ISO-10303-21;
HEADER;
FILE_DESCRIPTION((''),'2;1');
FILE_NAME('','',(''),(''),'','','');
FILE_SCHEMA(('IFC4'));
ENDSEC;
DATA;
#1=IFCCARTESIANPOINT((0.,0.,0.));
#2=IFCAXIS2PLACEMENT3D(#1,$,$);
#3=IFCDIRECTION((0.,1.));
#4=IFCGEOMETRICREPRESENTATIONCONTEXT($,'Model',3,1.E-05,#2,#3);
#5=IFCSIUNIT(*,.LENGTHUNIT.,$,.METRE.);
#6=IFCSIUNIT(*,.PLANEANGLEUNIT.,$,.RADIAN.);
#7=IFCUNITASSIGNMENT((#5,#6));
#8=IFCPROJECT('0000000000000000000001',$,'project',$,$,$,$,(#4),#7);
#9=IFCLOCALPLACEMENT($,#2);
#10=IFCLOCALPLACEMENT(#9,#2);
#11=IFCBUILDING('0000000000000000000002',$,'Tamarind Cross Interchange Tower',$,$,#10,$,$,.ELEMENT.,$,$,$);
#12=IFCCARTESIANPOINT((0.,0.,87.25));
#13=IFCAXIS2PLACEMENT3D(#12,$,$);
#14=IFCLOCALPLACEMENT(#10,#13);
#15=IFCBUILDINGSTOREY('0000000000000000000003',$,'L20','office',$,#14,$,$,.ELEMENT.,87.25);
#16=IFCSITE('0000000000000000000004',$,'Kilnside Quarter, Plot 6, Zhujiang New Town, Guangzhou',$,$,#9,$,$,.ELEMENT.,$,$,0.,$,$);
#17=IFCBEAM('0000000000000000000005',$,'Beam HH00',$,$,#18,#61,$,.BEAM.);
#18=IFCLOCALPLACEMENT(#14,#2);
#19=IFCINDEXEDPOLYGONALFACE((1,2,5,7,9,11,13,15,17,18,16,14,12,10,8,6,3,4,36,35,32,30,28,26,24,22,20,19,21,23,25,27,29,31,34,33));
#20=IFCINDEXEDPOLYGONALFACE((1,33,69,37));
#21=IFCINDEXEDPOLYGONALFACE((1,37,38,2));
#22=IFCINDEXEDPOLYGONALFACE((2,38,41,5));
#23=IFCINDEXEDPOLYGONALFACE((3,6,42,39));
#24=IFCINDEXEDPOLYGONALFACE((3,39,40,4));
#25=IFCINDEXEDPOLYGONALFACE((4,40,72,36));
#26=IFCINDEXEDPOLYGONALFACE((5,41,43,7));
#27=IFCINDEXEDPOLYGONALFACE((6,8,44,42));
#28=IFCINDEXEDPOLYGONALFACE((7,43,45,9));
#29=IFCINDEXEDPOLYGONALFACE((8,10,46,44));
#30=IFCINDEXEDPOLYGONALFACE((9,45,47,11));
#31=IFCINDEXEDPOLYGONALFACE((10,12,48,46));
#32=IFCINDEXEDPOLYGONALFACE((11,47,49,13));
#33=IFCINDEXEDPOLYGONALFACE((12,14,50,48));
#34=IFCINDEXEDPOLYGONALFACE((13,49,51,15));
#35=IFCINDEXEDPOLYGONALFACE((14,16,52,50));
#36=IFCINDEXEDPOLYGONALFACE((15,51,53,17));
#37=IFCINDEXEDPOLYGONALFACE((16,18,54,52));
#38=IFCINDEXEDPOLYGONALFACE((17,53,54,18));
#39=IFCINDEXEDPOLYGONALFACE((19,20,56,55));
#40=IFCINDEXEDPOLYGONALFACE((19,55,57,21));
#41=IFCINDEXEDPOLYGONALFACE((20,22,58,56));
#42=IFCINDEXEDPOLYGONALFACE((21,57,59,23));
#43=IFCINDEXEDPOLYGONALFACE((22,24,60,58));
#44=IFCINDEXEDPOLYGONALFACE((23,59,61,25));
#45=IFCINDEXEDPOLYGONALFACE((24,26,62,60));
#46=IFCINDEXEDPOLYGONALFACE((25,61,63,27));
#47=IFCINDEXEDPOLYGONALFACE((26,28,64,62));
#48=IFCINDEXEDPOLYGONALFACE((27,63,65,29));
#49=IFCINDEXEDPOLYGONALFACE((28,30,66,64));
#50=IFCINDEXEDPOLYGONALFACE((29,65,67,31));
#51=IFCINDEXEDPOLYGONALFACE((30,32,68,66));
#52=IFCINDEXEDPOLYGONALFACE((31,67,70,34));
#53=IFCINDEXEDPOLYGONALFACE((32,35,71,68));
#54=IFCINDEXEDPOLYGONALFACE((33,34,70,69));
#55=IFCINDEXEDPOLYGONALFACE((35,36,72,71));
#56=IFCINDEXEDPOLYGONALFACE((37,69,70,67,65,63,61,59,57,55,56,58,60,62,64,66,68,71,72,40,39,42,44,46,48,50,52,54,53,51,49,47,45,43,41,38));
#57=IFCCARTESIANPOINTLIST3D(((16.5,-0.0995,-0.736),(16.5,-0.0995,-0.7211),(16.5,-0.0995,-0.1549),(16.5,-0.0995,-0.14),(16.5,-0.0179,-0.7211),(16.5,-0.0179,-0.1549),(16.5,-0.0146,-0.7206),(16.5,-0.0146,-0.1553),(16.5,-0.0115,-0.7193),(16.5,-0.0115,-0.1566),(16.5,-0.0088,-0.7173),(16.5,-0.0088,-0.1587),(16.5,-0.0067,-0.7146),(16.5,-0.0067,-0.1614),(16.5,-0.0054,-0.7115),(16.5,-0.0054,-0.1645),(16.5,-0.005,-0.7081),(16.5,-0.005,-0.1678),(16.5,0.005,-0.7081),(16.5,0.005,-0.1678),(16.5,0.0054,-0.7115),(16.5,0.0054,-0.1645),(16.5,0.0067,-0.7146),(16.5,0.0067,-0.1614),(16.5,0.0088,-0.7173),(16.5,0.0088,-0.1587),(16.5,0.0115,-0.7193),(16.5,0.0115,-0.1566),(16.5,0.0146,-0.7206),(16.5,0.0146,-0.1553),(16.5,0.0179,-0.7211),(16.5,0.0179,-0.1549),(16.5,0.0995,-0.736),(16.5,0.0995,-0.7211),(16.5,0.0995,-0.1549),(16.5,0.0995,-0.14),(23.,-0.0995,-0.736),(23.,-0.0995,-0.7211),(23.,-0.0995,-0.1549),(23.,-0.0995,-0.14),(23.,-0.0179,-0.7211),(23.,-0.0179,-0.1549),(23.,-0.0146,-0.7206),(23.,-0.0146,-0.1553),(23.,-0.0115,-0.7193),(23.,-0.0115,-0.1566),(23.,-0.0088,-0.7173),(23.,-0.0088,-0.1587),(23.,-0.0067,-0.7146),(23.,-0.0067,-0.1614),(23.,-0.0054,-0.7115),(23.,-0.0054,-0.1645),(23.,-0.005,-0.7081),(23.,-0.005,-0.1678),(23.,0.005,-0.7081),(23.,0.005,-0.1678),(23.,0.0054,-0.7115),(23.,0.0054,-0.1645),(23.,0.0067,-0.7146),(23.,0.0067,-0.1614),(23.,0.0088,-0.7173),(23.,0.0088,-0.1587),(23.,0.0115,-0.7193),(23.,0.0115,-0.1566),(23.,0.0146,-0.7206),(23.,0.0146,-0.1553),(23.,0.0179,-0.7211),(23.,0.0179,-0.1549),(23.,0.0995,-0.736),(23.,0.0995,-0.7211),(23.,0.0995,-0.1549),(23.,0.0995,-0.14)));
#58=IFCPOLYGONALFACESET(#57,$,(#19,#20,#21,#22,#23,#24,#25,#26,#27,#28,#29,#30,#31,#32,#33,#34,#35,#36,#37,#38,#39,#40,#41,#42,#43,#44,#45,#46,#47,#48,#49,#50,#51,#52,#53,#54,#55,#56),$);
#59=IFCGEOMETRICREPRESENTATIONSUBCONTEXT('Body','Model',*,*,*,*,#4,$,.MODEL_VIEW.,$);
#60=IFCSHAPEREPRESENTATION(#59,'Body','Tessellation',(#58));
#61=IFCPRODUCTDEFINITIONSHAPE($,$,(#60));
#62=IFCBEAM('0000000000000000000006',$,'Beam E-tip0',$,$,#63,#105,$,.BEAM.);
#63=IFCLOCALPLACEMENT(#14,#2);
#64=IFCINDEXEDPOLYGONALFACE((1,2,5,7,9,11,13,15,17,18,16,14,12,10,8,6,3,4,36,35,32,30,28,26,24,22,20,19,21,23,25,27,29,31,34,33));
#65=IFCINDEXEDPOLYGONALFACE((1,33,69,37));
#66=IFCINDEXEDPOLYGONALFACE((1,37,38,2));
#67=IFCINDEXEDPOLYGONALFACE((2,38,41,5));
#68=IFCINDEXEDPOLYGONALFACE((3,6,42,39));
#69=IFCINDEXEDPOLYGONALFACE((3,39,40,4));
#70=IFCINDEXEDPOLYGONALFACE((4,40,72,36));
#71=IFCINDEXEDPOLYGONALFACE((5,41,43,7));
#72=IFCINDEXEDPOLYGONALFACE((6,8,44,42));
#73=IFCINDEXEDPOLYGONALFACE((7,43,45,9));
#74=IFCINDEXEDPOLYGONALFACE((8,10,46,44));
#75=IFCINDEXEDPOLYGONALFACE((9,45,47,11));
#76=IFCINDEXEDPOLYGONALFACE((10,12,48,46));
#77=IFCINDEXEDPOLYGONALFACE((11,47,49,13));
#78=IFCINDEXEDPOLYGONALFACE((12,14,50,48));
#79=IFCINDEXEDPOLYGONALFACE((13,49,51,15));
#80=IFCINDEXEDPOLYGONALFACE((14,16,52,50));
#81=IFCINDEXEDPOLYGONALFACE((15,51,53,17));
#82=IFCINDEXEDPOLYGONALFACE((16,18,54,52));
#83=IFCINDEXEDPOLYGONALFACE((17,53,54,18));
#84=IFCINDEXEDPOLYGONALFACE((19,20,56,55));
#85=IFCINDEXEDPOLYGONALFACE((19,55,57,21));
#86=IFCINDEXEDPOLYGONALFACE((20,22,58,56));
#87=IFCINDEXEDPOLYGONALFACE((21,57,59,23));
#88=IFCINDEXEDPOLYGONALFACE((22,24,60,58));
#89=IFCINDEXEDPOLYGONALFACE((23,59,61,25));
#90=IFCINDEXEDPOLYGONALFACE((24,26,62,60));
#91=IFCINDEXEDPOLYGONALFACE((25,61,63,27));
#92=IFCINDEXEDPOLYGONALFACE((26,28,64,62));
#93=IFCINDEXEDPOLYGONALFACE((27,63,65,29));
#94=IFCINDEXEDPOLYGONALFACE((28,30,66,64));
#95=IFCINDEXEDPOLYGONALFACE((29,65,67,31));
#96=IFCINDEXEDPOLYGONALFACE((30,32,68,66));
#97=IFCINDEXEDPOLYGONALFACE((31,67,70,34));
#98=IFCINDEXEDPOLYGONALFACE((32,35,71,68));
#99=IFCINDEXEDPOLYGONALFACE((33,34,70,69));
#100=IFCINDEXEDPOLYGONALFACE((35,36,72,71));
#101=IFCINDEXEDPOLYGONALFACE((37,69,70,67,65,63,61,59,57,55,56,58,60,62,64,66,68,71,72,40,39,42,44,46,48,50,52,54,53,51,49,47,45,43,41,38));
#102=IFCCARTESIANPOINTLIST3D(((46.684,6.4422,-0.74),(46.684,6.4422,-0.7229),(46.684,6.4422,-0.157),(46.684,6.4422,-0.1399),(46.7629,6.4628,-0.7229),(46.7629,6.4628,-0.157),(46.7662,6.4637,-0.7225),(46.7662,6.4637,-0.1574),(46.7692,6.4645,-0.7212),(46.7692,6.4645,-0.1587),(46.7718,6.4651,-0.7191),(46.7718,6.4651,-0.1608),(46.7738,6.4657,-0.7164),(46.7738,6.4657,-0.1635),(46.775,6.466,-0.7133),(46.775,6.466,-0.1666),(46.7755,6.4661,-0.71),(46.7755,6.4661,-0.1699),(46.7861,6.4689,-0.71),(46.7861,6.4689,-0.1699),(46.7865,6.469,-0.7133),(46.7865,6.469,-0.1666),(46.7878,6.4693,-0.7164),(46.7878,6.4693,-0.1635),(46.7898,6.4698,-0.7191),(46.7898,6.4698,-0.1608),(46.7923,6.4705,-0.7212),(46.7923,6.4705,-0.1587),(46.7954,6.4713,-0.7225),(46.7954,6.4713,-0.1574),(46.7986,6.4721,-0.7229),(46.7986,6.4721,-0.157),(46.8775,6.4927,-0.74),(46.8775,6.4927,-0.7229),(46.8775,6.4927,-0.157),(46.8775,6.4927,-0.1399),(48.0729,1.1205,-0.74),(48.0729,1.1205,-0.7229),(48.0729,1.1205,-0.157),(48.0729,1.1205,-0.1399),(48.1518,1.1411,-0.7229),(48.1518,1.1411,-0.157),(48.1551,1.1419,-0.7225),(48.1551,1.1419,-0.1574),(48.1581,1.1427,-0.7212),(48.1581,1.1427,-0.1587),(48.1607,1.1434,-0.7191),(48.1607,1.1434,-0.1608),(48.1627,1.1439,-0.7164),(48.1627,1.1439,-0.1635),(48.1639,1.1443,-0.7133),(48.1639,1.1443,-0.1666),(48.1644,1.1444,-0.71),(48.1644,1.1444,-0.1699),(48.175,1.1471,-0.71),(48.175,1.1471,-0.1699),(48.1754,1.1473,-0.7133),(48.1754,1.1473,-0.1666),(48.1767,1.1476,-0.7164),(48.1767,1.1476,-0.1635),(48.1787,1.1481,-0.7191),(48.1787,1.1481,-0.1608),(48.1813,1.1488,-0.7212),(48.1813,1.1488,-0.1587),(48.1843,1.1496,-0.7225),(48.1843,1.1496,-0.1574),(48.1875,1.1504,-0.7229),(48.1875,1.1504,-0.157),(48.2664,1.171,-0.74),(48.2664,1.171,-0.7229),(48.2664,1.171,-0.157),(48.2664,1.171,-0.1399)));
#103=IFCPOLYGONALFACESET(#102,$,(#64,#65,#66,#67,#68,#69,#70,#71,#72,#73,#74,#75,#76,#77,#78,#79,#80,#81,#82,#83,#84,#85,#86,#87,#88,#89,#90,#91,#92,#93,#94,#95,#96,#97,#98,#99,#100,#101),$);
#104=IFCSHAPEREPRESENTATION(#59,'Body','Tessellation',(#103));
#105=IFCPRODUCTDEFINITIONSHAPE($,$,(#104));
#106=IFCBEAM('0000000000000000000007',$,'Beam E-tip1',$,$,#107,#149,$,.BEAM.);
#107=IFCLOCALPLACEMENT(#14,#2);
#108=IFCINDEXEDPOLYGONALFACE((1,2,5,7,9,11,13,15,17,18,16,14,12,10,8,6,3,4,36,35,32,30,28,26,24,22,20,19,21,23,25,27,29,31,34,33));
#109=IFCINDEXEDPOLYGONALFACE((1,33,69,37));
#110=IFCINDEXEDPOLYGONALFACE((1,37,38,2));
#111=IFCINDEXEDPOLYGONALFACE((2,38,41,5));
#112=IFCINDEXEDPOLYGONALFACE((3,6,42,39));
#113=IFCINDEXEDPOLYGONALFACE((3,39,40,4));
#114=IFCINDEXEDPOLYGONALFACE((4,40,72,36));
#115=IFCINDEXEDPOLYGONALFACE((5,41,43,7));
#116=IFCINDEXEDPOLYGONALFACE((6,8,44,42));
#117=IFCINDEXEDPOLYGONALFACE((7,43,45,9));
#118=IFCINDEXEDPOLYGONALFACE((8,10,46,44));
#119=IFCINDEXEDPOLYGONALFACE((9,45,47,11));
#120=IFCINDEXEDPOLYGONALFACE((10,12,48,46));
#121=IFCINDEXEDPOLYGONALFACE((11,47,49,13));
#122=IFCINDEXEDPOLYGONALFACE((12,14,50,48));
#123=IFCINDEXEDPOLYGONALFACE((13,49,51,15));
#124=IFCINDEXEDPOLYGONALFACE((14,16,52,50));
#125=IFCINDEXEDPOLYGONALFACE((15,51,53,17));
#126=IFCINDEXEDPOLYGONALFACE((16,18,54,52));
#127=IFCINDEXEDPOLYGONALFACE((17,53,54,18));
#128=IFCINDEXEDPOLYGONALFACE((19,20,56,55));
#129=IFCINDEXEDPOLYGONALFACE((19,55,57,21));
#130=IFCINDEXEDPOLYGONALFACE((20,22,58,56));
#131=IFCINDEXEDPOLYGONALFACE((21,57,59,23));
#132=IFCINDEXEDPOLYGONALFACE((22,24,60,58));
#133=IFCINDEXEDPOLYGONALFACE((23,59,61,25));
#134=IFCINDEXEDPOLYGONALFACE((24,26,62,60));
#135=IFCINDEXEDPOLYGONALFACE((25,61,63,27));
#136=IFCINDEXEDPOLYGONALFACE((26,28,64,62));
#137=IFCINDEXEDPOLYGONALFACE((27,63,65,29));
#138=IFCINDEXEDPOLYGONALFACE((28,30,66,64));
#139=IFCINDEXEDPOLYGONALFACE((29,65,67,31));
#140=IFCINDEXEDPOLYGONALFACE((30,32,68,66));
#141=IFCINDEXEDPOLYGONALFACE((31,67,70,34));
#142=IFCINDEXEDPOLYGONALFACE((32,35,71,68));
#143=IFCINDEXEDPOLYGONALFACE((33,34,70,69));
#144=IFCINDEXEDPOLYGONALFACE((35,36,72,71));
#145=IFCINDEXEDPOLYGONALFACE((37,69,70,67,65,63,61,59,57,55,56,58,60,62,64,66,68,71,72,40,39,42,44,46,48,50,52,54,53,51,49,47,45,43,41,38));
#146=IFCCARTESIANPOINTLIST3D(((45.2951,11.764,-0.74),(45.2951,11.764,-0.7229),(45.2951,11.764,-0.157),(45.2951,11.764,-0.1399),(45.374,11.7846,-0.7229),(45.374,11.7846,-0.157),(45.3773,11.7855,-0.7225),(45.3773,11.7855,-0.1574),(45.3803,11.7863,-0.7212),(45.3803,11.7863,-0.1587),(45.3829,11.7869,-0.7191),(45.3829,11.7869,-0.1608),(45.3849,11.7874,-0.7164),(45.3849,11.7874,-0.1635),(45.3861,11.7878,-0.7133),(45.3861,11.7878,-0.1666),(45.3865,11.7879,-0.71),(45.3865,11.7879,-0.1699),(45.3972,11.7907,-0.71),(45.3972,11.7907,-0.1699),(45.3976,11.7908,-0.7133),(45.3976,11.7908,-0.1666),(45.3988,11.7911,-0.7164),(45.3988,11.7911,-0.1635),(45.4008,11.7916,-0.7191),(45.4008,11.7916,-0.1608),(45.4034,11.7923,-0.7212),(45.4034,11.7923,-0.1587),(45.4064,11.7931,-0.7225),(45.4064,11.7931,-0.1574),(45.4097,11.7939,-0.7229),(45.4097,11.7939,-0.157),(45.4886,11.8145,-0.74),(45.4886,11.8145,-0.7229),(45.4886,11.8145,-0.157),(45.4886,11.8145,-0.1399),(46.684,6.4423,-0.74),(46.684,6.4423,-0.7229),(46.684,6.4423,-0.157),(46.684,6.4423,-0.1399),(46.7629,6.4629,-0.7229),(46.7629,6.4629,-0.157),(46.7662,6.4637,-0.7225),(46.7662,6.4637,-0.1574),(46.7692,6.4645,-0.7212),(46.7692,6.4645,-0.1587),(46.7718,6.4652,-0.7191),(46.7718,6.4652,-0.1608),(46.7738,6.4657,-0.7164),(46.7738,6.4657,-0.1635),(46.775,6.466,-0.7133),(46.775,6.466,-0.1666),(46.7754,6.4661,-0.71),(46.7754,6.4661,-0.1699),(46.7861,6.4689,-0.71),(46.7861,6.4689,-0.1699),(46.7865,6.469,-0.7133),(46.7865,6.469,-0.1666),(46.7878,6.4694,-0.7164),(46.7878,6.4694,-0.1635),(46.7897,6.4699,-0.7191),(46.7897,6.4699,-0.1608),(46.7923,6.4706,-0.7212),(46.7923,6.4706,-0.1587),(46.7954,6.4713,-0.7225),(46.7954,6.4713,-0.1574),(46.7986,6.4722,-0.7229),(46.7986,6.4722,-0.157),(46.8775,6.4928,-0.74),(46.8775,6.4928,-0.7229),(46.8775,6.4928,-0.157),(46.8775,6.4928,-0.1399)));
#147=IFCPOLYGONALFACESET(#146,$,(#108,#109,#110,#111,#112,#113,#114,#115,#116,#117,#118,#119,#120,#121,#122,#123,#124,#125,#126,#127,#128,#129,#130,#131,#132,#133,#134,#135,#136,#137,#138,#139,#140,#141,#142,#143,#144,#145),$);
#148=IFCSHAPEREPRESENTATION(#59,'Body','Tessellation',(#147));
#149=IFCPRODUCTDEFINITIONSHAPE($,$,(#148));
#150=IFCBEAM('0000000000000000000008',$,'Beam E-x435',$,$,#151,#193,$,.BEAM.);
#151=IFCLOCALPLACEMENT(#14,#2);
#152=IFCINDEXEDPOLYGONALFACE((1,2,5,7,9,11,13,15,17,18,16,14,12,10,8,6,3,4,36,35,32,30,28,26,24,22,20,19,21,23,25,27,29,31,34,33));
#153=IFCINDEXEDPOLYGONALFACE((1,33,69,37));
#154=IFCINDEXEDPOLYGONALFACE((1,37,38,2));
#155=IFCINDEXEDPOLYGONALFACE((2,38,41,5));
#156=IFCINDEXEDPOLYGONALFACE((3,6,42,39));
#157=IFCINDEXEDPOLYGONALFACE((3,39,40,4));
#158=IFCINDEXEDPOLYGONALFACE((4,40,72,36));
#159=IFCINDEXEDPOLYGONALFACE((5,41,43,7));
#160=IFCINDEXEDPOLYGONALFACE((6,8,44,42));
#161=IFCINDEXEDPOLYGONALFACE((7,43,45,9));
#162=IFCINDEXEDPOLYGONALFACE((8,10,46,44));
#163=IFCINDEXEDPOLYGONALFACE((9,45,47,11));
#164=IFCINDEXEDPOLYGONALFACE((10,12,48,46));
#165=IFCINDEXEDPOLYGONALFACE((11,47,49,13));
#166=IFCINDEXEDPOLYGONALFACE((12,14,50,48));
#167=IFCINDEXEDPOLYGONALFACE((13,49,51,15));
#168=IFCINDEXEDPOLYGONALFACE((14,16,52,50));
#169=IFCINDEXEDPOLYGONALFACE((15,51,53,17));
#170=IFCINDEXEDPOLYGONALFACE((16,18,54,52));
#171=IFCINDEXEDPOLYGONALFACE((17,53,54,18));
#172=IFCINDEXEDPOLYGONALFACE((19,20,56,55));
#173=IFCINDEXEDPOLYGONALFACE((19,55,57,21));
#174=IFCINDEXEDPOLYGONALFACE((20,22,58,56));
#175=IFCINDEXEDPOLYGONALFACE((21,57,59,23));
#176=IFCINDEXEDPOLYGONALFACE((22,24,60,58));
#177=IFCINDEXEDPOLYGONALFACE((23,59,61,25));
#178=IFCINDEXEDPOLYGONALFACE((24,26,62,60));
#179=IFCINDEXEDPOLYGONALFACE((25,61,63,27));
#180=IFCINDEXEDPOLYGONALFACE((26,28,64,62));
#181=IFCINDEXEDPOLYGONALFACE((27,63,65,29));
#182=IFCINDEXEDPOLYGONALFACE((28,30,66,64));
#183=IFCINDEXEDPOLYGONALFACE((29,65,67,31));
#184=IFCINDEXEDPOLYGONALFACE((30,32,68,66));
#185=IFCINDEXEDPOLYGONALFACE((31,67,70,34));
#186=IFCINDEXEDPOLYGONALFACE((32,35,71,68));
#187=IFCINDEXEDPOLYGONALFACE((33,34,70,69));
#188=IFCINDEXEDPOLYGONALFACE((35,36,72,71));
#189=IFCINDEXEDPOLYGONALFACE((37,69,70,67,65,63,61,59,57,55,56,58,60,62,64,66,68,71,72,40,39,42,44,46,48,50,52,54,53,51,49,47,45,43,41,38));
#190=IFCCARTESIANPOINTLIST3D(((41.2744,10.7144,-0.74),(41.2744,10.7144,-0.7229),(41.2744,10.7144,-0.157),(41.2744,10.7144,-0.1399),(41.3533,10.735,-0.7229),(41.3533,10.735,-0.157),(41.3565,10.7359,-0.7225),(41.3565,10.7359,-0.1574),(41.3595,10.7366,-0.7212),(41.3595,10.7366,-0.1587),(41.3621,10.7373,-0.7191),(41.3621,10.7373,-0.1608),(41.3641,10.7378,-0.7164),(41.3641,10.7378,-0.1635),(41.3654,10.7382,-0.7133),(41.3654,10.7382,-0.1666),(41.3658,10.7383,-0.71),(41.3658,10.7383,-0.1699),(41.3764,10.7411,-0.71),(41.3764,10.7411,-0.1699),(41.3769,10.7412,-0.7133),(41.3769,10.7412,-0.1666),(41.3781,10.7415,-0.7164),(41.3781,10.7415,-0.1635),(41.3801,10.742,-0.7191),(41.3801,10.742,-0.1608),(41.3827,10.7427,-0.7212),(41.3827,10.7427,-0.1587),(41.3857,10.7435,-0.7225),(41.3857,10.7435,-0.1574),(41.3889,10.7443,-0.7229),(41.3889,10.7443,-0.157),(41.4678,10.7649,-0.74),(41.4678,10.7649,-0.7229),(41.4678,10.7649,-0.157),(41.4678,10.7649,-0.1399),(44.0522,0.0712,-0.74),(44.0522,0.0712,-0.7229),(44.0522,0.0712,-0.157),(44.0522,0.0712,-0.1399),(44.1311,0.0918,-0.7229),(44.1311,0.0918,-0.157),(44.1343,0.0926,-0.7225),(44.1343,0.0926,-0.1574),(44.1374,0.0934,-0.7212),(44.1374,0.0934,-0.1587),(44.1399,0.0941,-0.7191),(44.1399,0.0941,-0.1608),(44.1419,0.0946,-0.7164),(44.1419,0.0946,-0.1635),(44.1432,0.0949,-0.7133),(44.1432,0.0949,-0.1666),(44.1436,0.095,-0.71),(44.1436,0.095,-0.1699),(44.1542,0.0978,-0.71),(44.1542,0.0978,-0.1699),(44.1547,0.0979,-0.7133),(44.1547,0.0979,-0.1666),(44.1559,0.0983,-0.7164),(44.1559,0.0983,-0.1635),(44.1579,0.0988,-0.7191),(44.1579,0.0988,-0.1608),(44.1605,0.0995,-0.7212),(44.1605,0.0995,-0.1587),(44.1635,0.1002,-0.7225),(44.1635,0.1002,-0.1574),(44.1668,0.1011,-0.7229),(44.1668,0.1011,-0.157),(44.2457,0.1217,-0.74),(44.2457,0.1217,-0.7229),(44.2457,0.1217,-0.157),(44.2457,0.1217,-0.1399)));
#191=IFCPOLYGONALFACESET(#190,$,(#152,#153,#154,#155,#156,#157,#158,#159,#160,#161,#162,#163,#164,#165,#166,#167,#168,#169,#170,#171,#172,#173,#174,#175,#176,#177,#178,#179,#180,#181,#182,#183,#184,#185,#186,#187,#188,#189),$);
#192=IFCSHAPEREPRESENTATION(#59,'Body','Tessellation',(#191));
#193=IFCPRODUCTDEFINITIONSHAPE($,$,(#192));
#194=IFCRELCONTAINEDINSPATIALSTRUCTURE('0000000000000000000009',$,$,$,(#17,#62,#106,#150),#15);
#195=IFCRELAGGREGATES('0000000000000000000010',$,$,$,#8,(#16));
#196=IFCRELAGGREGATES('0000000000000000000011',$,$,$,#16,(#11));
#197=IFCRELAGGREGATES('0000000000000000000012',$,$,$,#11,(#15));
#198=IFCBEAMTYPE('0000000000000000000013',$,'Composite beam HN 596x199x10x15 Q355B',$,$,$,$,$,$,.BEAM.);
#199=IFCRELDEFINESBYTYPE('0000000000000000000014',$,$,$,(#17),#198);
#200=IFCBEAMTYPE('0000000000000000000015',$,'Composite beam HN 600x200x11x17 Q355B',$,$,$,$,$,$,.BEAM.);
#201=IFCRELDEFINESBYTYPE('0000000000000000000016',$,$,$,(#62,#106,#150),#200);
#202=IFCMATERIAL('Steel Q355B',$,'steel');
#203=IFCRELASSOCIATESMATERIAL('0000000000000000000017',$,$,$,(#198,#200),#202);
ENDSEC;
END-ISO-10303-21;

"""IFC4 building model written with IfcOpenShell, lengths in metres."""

from ifc_helpers import new_model, si_unit, direction, frame, origin, origin_2d, place, context, subcontext, project, spatial, i_section, extrude, material, material_profile, profile_set, type_object, element, save


model = new_model("IFC4")

# Units and contexts
model_context = context("Model", 3, precision=1e-05, world=origin(), true_north=direction((0.0, 1.0)))
body_context = subcontext(model_context, "Body", "Model", "MODEL_VIEW")
ifc_project = project(units=[si_unit("LENGTHUNIT", "METRE"), si_unit("PLANEANGLEUNIT", "RADIAN")], contexts=[model_context])

# Site, building, storey
site_placement = place(None, origin())
site = spatial("IfcSite", under=ifc_project, at=site_placement, Name="Kilnside Quarter, Plot 6, Zhujiang New Town, Guangzhou", CompositionType="ELEMENT", RefElevation=0.0)
building_placement = place(site_placement, origin())
building = spatial("IfcBuilding", under=site, at=building_placement, Name="Tamarind Cross Interchange Tower", CompositionType="ELEMENT")
storey_placement = place(building_placement, frame((0.0, 0.0, 87.25)))
storey = spatial("IfcBuildingStorey", under=building, at=storey_placement, Name="L20", Description="office", CompositionType="ELEMENT", Elevation=87.25)

# Beams
ifc_material_1 = material(Name="Steel Q355B", Category="steel")
ifc_material_profile_1 = material_profile(ifc_material_1, i_section(OverallWidth=0.199, OverallDepth=0.5959, WebThickness=0.01, FlangeThickness=0.0149, FilletRadius=0.0129, at=origin_2d()), Name="HN 596x199x10x15")
ifc_profile_set_1 = profile_set([ifc_material_profile_1], Name="Steel Q355B")
beam_type_1 = type_object("IfcBeamType", Name="Composite beam HN 596x199x10x15 Q355B", PredefinedType="BEAM", material=ifc_profile_set_1)
beam_1_placement = place(storey_placement, frame((23.0, 0.0, -0.438), z_axis=(-1.0, 0.0, 0.0), x_axis=(0.0, -1.0, 0.0)))
element("IfcBeam", 1, at=beam_1_placement, inside=storey, type_object=beam_type_1, Name="Beam HH00", PredefinedType="BEAM", context=body_context, shape_type="SweptSolid", body=[
    extrude(i_section(OverallWidth=0.199, OverallDepth=0.5959, WebThickness=0.01, FlangeThickness=0.0149, FilletRadius=0.0129, at=origin_2d()), origin(), (0.0, 0.0, 1.0), 6.5),
])
ifc_material_profile_2 = material_profile(ifc_material_1, i_section(OverallWidth=0.2, OverallDepth=0.6001, WebThickness=0.011, FlangeThickness=0.0171, FilletRadius=0.0129, at=origin_2d()), Name="HN 600x200x11x17")
ifc_profile_set_2 = profile_set([ifc_material_profile_2], Name="Steel Q355B")
beam_type_2 = type_object("IfcBeamType", Name="Composite beam HN 600x200x11x17 Q355B", PredefinedType="BEAM", material=ifc_profile_set_2)
for number, where, z_axis, x_axis, name in (
    (2, (48.1697, 1.1458, -0.4399), (-0.252529, 0.967589, 0.0), (-0.967589, -0.252529, 0.0), "Beam E-tip0"),
    (3, (46.7808, 6.4675, -0.4399), (-0.252529, 0.967589, 0.0), (-0.967589, -0.252529, 0.0), "Beam E-tip1"),
):
    element("IfcBeam", number, at=place(storey_placement, frame(where, z_axis=z_axis, x_axis=x_axis)), inside=storey, type_object=beam_type_2, Name=name, PredefinedType="BEAM", context=body_context, shape_type="SweptSolid", body=[
        extrude(i_section(OverallWidth=0.2, OverallDepth=0.6001, WebThickness=0.011, FlangeThickness=0.0171, FilletRadius=0.0129, at=origin_2d()), origin(), (0.0, 0.0, 1.0), 5.5),
    ])
beam_2_placement = place(storey_placement, frame((44.1489, 0.0964, -0.4399), z_axis=(-0.252534, 0.967588, 0.0), x_axis=(-0.967588, -0.252534, 0.0)))
element("IfcBeam", 4, at=beam_2_placement, inside=storey, type_object=beam_type_2, Name="Beam E-x435", PredefinedType="BEAM", context=body_context, shape_type="SweptSolid", body=[
    extrude(i_section(OverallWidth=0.2, OverallDepth=0.6001, WebThickness=0.011, FlangeThickness=0.0171, FilletRadius=0.0129, at=origin_2d()), origin(), (0.0, 0.0, 1.0), 10.9998),
])

save(model, "model.ifc")
